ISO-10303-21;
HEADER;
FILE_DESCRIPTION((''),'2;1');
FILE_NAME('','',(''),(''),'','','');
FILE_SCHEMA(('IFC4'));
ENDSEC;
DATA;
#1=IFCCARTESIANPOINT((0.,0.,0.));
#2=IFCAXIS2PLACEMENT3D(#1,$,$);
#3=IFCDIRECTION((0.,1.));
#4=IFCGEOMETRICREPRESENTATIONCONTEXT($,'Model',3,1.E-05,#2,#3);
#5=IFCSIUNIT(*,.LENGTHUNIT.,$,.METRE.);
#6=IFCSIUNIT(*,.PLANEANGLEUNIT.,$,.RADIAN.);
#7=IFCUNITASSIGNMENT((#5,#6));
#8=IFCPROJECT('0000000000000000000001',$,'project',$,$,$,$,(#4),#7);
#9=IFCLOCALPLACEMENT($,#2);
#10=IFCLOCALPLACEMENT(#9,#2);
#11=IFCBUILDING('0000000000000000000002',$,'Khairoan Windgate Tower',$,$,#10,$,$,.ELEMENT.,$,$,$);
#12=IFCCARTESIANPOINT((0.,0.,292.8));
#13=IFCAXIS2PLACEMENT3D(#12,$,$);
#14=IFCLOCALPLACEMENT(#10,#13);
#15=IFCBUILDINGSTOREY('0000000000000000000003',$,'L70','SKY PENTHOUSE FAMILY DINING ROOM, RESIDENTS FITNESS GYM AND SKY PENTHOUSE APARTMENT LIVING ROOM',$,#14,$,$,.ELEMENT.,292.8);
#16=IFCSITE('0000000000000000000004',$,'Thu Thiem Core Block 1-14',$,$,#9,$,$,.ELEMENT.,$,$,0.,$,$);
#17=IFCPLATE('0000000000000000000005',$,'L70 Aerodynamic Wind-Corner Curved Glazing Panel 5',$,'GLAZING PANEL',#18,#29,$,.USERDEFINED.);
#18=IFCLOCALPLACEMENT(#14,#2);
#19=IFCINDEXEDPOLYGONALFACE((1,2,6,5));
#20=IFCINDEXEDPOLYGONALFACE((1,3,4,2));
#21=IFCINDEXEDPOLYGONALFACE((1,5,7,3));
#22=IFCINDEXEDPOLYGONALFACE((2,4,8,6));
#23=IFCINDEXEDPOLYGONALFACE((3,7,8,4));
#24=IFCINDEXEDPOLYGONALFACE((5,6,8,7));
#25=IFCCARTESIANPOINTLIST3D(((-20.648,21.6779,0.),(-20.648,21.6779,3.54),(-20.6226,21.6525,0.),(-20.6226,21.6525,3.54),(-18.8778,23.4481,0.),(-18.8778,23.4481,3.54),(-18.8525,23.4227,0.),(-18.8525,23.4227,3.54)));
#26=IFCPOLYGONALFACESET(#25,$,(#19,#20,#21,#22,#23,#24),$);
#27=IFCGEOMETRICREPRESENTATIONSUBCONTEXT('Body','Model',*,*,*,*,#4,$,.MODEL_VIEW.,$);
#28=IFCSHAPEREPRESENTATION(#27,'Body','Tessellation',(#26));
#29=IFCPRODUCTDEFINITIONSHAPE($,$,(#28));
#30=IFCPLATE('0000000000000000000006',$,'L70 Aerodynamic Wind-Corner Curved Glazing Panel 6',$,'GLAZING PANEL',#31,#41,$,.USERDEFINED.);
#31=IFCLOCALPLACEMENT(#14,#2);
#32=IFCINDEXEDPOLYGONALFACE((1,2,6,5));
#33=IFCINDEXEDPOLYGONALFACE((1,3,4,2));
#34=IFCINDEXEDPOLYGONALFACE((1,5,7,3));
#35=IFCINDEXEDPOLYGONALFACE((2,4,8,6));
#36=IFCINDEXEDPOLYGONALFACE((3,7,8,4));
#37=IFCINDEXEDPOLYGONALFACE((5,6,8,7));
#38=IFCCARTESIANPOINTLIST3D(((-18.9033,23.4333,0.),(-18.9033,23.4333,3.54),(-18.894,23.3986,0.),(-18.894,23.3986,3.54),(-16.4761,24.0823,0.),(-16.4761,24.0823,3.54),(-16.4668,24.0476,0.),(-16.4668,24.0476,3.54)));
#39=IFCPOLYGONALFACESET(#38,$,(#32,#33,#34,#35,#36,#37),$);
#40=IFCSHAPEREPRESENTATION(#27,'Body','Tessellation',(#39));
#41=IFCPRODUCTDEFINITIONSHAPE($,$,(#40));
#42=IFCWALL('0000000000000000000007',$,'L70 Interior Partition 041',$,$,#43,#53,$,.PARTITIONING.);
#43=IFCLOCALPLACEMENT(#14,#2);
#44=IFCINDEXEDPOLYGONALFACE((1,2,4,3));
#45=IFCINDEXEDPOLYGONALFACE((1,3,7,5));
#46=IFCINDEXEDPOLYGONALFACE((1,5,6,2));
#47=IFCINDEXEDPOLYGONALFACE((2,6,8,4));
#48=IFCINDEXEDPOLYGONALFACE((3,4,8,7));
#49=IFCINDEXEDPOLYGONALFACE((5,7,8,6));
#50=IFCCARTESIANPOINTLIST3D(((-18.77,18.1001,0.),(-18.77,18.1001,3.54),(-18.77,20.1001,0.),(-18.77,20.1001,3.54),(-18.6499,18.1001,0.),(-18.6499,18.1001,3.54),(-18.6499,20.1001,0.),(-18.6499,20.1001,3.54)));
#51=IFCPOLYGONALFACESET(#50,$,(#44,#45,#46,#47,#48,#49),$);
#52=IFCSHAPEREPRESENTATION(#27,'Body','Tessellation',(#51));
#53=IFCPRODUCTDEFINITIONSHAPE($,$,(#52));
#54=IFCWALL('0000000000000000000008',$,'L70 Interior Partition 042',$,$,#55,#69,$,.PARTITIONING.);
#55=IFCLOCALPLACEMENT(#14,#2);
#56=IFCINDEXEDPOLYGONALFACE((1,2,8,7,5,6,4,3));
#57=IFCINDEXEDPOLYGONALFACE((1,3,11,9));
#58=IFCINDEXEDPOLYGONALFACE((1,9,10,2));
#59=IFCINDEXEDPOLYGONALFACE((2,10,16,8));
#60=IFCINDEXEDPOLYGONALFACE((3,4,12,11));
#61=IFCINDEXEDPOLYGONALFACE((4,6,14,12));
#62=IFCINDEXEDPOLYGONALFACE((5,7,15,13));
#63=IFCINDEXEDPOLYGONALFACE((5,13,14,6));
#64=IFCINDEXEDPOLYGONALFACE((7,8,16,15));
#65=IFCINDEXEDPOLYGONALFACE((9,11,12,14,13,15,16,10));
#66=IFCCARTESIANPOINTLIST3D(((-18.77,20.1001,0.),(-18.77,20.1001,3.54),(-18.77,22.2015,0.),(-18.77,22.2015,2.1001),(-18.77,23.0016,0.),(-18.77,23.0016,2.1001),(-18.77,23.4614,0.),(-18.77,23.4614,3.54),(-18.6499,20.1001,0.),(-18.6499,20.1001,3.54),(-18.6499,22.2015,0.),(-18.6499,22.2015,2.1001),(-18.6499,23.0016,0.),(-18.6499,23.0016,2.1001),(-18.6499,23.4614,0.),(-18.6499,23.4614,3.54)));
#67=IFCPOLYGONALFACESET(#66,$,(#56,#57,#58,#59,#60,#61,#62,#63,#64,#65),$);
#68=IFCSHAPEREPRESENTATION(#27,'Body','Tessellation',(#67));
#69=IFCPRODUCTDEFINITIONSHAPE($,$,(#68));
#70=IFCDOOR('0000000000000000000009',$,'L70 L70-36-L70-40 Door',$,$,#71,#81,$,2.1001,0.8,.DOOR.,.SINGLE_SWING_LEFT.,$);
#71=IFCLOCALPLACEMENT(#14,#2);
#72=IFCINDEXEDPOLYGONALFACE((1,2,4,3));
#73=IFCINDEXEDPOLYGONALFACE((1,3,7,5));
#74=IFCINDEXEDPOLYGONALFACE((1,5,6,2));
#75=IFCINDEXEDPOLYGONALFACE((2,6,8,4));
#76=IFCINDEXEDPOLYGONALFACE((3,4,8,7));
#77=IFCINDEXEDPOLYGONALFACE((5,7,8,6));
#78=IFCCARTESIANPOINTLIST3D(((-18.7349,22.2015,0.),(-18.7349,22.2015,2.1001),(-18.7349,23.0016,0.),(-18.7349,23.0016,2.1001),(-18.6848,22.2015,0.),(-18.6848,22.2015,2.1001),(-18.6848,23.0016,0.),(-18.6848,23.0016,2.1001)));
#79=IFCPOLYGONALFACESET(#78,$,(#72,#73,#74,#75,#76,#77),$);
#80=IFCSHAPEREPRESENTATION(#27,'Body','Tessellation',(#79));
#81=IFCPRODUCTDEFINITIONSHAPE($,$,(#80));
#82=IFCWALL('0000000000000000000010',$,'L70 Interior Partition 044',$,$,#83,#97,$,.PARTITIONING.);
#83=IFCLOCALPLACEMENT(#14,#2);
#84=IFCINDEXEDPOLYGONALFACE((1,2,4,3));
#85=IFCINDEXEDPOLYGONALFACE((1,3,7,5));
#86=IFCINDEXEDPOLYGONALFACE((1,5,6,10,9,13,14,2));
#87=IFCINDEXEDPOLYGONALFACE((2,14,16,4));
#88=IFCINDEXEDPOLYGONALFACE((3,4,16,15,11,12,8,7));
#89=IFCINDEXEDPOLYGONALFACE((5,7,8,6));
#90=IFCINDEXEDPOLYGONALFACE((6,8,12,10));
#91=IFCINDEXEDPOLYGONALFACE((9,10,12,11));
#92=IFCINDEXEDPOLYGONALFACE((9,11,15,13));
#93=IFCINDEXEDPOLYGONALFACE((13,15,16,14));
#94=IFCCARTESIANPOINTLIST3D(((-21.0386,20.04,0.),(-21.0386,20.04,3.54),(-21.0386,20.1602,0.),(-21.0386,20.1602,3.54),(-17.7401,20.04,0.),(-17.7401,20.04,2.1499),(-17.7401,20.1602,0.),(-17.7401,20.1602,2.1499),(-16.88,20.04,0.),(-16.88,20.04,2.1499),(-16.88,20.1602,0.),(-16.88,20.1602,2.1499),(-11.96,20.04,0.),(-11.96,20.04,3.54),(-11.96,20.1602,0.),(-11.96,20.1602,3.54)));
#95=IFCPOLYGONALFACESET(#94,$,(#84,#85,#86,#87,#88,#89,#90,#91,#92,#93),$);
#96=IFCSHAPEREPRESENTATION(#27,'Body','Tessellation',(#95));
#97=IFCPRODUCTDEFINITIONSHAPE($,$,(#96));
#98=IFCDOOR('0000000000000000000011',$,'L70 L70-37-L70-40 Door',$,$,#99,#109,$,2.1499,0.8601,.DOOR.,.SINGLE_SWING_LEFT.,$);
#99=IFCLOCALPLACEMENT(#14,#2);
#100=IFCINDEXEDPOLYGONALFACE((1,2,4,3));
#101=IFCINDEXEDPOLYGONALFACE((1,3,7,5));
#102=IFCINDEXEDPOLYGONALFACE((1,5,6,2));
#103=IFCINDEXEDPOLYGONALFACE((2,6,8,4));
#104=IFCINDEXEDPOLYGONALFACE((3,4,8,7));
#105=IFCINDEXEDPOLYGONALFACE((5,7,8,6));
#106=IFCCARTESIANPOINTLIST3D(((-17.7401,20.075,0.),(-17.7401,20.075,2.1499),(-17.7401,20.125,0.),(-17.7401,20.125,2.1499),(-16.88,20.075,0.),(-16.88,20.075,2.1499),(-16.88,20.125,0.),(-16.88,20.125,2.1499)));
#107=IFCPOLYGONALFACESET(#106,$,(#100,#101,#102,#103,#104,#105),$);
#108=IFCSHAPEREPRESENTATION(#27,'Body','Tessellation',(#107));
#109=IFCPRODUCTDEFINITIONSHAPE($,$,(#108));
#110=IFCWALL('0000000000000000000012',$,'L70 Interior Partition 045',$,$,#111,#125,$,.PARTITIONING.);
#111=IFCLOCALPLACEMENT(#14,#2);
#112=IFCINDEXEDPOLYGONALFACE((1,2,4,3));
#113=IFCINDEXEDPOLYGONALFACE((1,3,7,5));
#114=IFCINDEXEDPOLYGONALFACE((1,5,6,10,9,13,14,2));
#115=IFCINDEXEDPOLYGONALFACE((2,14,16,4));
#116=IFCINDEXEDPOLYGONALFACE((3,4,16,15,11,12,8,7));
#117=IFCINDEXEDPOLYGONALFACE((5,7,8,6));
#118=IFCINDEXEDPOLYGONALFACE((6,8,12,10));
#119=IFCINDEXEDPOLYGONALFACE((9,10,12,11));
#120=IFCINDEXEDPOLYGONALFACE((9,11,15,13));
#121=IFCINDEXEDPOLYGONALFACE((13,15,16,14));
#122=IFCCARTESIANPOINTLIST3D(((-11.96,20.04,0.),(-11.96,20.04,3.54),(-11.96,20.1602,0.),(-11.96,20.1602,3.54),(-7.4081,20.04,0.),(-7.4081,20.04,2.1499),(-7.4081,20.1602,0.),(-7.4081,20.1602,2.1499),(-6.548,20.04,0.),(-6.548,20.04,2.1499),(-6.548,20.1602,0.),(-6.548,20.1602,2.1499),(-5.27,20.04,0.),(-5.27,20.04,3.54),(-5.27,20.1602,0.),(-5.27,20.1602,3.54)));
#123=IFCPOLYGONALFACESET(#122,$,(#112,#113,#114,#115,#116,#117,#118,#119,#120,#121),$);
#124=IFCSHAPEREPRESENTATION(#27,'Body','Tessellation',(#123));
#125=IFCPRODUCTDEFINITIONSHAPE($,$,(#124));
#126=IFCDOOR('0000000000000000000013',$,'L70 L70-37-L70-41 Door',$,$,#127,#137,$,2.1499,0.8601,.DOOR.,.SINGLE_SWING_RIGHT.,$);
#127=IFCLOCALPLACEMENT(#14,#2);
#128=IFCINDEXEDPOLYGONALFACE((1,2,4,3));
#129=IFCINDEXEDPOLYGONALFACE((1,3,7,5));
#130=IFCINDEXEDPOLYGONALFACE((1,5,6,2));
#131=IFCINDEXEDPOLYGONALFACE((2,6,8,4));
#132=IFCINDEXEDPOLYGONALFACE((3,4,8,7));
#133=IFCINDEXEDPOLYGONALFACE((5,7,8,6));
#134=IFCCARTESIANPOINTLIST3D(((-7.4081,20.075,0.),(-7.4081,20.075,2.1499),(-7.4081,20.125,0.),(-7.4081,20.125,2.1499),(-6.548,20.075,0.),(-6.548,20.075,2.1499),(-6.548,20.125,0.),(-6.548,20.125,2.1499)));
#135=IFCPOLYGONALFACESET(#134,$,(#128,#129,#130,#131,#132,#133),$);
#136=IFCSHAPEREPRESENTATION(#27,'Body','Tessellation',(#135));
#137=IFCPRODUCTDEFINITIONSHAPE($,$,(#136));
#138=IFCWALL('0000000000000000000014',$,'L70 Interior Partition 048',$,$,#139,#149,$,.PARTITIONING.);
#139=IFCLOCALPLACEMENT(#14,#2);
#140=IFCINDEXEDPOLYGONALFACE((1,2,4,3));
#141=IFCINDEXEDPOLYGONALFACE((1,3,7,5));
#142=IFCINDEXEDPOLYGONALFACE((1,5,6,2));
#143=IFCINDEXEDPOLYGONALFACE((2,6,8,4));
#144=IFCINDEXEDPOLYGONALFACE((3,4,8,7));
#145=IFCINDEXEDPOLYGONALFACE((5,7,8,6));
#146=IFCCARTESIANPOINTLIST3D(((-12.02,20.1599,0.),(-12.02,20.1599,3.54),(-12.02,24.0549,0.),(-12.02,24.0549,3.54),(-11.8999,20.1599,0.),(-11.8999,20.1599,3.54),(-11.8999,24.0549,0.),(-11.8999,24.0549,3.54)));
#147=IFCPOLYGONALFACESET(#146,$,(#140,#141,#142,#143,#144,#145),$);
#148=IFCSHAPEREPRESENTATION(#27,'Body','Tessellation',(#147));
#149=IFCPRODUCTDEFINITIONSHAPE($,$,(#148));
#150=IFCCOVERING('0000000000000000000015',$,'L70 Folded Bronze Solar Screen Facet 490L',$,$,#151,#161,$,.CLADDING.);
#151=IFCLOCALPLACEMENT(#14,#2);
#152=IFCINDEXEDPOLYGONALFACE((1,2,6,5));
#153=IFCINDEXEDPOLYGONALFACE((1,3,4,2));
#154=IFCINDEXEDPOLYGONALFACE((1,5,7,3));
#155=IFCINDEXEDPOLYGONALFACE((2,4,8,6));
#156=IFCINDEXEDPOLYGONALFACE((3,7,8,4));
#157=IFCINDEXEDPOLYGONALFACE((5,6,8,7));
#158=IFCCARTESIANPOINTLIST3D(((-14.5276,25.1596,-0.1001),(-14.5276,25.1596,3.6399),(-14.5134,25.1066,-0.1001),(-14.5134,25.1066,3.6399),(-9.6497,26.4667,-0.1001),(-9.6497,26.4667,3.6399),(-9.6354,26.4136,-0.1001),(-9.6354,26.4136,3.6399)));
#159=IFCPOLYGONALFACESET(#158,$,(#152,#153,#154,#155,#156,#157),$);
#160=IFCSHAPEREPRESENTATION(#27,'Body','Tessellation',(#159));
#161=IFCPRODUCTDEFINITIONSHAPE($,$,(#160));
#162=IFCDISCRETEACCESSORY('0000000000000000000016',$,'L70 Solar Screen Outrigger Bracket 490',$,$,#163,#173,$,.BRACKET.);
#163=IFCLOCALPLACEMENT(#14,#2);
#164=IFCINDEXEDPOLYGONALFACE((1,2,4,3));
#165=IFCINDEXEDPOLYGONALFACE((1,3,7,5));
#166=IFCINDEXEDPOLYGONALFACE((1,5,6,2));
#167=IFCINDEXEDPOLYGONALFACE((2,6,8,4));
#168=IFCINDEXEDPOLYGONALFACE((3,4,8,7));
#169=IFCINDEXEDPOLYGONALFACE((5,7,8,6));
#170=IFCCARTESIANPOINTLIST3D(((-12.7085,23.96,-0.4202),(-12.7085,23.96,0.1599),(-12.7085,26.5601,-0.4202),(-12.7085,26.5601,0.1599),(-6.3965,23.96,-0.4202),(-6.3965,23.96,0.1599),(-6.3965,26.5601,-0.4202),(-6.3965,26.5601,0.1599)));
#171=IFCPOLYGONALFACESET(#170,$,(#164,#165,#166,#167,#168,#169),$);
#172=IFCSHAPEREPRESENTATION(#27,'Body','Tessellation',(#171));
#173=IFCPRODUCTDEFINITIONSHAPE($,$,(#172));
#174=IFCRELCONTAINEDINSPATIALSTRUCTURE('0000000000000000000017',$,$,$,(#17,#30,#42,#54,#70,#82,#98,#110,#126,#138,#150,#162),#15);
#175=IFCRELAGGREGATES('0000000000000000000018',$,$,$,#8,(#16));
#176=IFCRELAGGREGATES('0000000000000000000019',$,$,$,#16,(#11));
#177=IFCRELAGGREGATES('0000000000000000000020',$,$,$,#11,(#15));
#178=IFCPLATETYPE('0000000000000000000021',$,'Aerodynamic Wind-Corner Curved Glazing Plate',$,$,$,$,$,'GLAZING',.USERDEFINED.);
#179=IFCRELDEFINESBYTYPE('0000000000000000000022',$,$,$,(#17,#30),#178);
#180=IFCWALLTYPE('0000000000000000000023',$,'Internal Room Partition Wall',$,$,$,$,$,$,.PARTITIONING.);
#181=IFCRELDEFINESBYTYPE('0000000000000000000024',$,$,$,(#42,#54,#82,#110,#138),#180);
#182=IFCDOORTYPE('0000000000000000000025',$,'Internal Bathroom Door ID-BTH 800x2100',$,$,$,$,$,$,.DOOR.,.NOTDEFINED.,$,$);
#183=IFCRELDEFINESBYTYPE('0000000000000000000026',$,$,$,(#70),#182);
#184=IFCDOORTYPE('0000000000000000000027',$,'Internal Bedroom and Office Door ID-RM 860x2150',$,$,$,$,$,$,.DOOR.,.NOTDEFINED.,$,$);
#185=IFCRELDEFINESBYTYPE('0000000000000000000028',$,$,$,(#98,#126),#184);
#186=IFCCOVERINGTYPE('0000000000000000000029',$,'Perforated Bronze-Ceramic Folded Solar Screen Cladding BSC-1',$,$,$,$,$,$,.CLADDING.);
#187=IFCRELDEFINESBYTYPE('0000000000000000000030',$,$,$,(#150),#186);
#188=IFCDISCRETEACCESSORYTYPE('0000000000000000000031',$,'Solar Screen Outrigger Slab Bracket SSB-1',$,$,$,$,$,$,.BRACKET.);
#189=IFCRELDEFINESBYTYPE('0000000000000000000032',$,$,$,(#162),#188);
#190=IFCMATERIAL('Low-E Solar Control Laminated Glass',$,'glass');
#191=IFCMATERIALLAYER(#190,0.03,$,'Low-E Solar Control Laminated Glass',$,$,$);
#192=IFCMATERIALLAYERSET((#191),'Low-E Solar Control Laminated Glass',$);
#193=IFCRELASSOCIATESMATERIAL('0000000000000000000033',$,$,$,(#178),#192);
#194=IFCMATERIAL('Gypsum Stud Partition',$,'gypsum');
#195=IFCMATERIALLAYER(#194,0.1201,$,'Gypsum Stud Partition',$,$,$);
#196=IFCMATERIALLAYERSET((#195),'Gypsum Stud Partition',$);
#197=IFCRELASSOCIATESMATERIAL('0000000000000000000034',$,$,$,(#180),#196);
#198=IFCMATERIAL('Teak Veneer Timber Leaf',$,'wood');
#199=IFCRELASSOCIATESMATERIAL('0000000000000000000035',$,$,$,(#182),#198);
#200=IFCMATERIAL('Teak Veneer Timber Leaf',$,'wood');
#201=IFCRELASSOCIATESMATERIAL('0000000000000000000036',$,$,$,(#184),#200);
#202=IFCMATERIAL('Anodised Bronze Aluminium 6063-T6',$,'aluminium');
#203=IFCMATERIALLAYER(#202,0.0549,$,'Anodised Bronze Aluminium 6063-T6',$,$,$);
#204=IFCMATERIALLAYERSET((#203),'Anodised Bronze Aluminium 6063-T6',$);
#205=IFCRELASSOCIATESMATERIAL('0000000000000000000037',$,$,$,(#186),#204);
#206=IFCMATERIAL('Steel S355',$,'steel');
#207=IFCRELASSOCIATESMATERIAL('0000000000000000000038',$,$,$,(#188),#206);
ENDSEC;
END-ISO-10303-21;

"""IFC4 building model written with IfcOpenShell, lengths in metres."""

from ifc_helpers import new_model, si_unit, direction, frame, frame_2d, origin, origin_2d, place, context, subcontext, project, spatial, rectangle, extrude, material, layer, layer_set, type_object, element, fill, save


model = new_model("IFC4")

# Units and contexts
model_context = context("Model", 3, precision=1e-05, world=origin(), true_north=direction((0.0, 1.0)))
body_context = subcontext(model_context, "Body", "Model", "MODEL_VIEW")
ifc_project = project(units=[si_unit("LENGTHUNIT", "METRE"), si_unit("PLANEANGLEUNIT", "RADIAN")], contexts=[model_context])

# Site, building, storey
site_placement = place(None, origin())
site = spatial("IfcSite", under=ifc_project, at=site_placement, Name="Thu Thiem Core Block 1-14", CompositionType="ELEMENT", RefElevation=0.0)
building_placement = place(site_placement, origin())
building = spatial("IfcBuilding", under=site, at=building_placement, Name="Khairoan Windgate Tower", CompositionType="ELEMENT")
storey_placement = place(building_placement, frame((0.0, 0.0, 292.8)))
storey = spatial("IfcBuildingStorey", under=building, at=storey_placement, Name="L70", Description="SKY PENTHOUSE FAMILY DINING ROOM, RESIDENTS FITNESS GYM AND SKY PENTHOUSE APARTMENT LIVING ROOM", CompositionType="ELEMENT", Elevation=292.8)

# Plates
ifc_material_1 = material(Name="Low-E Solar Control Laminated Glass", Category="glass")
ifc_layer_1 = layer(ifc_material_1, 0.03, Name="Low-E Solar Control Laminated Glass")
ifc_layer_set_1 = layer_set([ifc_layer_1], Name="Low-E Solar Control Laminated Glass")
plate_type_1 = type_object("IfcPlateType", Name="Aerodynamic Wind-Corner Curved Glazing Plate", ElementType="GLAZING", PredefinedType="USERDEFINED", material=ifc_layer_set_1)
plate_1_placement = place(storey_placement, frame((-19.7502, 22.5503, 0.0), z_axis=(0.0, 0.0, 1.0), x_axis=(0.707107, 0.707107, 0.0)))
element("IfcPlate", 1, at=plate_1_placement, inside=storey, type_object=plate_type_1, Name="L70 Aerodynamic Wind-Corner Curved Glazing Panel 5", ObjectType="GLAZING PANEL", PredefinedType="USERDEFINED", context=body_context, shape_type="SweptSolid", body=[
    extrude(rectangle(XDim=2.5034, YDim=0.0359, at=origin_2d()), origin(), (0.0, 0.0, 1.0), 3.54),
])
plate_2_placement = place(storey_placement, frame((-17.6851, 23.7405, 0.0), z_axis=(0.0, 0.0, 1.0), x_axis=(0.966061, 0.258313, 0.0)))
element("IfcPlate", 2, at=plate_2_placement, inside=storey, type_object=plate_type_1, Name="L70 Aerodynamic Wind-Corner Curved Glazing Panel 6", ObjectType="GLAZING PANEL", PredefinedType="USERDEFINED", context=body_context, shape_type="SweptSolid", body=[
    extrude(rectangle(XDim=2.5125, YDim=0.0359, at=origin_2d()), origin(), (0.0, 0.0, 1.0), 3.54),
])

# Wall
ifc_material_2 = material(Name="Gypsum Stud Partition", Category="gypsum")
ifc_layer_2 = layer(ifc_material_2, 0.1201, Name="Gypsum Stud Partition")
ifc_layer_set_2 = layer_set([ifc_layer_2], Name="Gypsum Stud Partition")
wall_type = type_object("IfcWallType", Name="Internal Room Partition Wall", PredefinedType="PARTITIONING", material=ifc_layer_set_2)
wall_1_placement = place(storey_placement, frame((-18.71, 18.1001, 0.0), z_axis=(0.0, 0.0, 1.0), x_axis=(0.0, 1.0, 0.0)))
element("IfcWall", 3, at=wall_1_placement, inside=storey, type_object=wall_type, Name="L70 Interior Partition 041", PredefinedType="PARTITIONING", context=body_context, shape_type="SweptSolid", body=[
    extrude(rectangle(XDim=2.0, YDim=0.1201, at=frame_2d((1.0, 0.0))), origin(), (0.0, 0.0, 1.0), 3.54),
])

# Walls, openings, doors
wall_2_placement = place(storey_placement, frame((-18.71, 20.1001, 0.0), z_axis=(0.0, 0.0, 1.0), x_axis=(0.0, 1.0, 0.0)))
wall_2 = element("IfcWall", 4, at=wall_2_placement, inside=storey, type_object=wall_type, Name="L70 Interior Partition 042", PredefinedType="PARTITIONING", context=body_context, shape_type="SweptSolid", body=[
    extrude(rectangle(XDim=3.3613, YDim=0.1201, at=frame_2d((1.6807, 0.0))), origin(), (0.0, 0.0, 1.0), 3.54),
])
opening_1_placement = place(wall_2_placement, frame((2.1016, 0.0, 0.0)))
opening_1 = element("IfcOpeningElement", 5, at=opening_1_placement, cuts=wall_2, PredefinedType="OPENING", context=body_context, shape_type="SweptSolid", body=[
    extrude(rectangle(XDim=0.8, YDim=2.1001, at=frame_2d((0.3999, 1.05))), frame((0.0, 0.0701, 0.0), z_axis=(0.0, -1.0, 0.0), x_axis=(1.0, 0.0, 0.0)), (0.0, 0.0, 1.0), 0.1401),
])
ifc_material_3 = material(Name="Teak Veneer Timber Leaf", Category="wood")
door_type_1 = type_object("IfcDoorType", Name="Internal Bathroom Door ID-BTH 800x2100", OperationType="NOTDEFINED", PredefinedType="DOOR", material=ifc_material_3)
door_1_placement = place(opening_1_placement, origin())
door_1 = element("IfcDoor", 6, at=door_1_placement, inside=storey, type_object=door_type_1, Name="L70 L70-36-L70-40 Door", OperationType="SINGLE_SWING_LEFT", OverallHeight=2.1001, OverallWidth=0.8, PredefinedType="DOOR", context=body_context, shape_type="SweptSolid", body=[
    extrude(rectangle(XDim=0.8, YDim=2.1001, at=frame_2d((0.3999, 1.05))), frame((0.0, 0.0249, 0.0), z_axis=(0.0, -1.0, 0.0), x_axis=(1.0, 0.0, 0.0)), (0.0, 0.0, 1.0), 0.05),
])
fill(opening_1, door_1)
wall_3_placement = place(storey_placement, frame((-21.0386, 20.1001, 0.0), z_axis=(0.0, 0.0, 1.0), x_axis=(1.0, 0.0, 0.0)))
wall_3 = element("IfcWall", 7, at=wall_3_placement, inside=storey, type_object=wall_type, Name="L70 Interior Partition 044", PredefinedType="PARTITIONING", context=body_context, shape_type="SweptSolid", body=[
    extrude(rectangle(XDim=9.0786, YDim=0.1201, at=frame_2d((4.5393, 0.0))), origin(), (0.0, 0.0, 1.0), 3.54),
])
opening_2_placement = place(wall_3_placement, frame((3.2983, 0.0, 0.0)))
opening_2 = element("IfcOpeningElement", 8, at=opening_2_placement, cuts=wall_3, PredefinedType="OPENING", context=body_context, shape_type="SweptSolid", body=[
    extrude(rectangle(XDim=0.8601, YDim=2.1499, at=frame_2d((0.4302, 1.075))), frame((0.0, 0.0701, 0.0), z_axis=(0.0, -1.0, 0.0), x_axis=(1.0, 0.0, 0.0)), (0.0, 0.0, 1.0), 0.1401),
])
ifc_material_4 = material(Name="Teak Veneer Timber Leaf", Category="wood")
door_type_2 = type_object("IfcDoorType", Name="Internal Bedroom and Office Door ID-RM 860x2150", OperationType="NOTDEFINED", PredefinedType="DOOR", material=ifc_material_4)
door_2_placement = place(opening_2_placement, origin())
door_2 = element("IfcDoor", 9, at=door_2_placement, inside=storey, type_object=door_type_2, Name="L70 L70-37-L70-40 Door", OperationType="SINGLE_SWING_LEFT", OverallHeight=2.1499, OverallWidth=0.8601, PredefinedType="DOOR", context=body_context, shape_type="SweptSolid", body=[
    extrude(rectangle(XDim=0.8601, YDim=2.1499, at=frame_2d((0.4302, 1.075))), frame((0.0, 0.0249, 0.0), z_axis=(0.0, -1.0, 0.0), x_axis=(1.0, 0.0, 0.0)), (0.0, 0.0, 1.0), 0.05),
])
fill(opening_2, door_2)
wall_4_placement = place(storey_placement, frame((-11.96, 20.1001, 0.0), z_axis=(0.0, 0.0, 1.0), x_axis=(1.0, 0.0, 0.0)))
wall_4 = element("IfcWall", 10, at=wall_4_placement, inside=storey, type_object=wall_type, Name="L70 Interior Partition 045", PredefinedType="PARTITIONING", context=body_context, shape_type="SweptSolid", body=[
    extrude(rectangle(XDim=6.6899, YDim=0.1201, at=frame_2d((3.345, 0.0))), origin(), (0.0, 0.0, 1.0), 3.54),
])
opening_3_placement = place(wall_4_placement, frame((4.5518, 0.0, 0.0)))
opening_3 = element("IfcOpeningElement", 11, at=opening_3_placement, cuts=wall_4, PredefinedType="OPENING", context=body_context, shape_type="SweptSolid", body=[
    extrude(rectangle(XDim=0.8601, YDim=2.1499, at=frame_2d((0.4302, 1.075))), frame((0.0, 0.0701, 0.0), z_axis=(0.0, -1.0, 0.0), x_axis=(1.0, 0.0, 0.0)), (0.0, 0.0, 1.0), 0.1401),
])
door_3_placement = place(opening_3_placement, origin())
door_3 = element("IfcDoor", 12, at=door_3_placement, inside=storey, type_object=door_type_2, Name="L70 L70-37-L70-41 Door", OperationType="SINGLE_SWING_RIGHT", OverallHeight=2.1499, OverallWidth=0.8601, PredefinedType="DOOR", context=body_context, shape_type="SweptSolid", body=[
    extrude(rectangle(XDim=0.8601, YDim=2.1499, at=frame_2d((0.4302, 1.075))), frame((0.0, 0.0249, 0.0), z_axis=(0.0, -1.0, 0.0), x_axis=(1.0, 0.0, 0.0)), (0.0, 0.0, 1.0), 0.05),
])
fill(opening_3, door_3)

# Wall
wall_5_placement = place(storey_placement, frame((-11.96, 20.1599, 0.0), z_axis=(0.0, 0.0, 1.0), x_axis=(0.0, 1.0, 0.0)))
element("IfcWall", 13, at=wall_5_placement, inside=storey, type_object=wall_type, Name="L70 Interior Partition 048", PredefinedType="PARTITIONING", context=body_context, shape_type="SweptSolid", body=[
    extrude(rectangle(XDim=3.895, YDim=0.1201, at=frame_2d((1.9475, 0.0))), origin(), (0.0, 0.0, 1.0), 3.54),
])

# Covering
ifc_material_5 = material(Name="Anodised Bronze Aluminium 6063-T6", Category="aluminium")
ifc_layer_3 = layer(ifc_material_5, 0.0549, Name="Anodised Bronze Aluminium 6063-T6")
ifc_layer_set_3 = layer_set([ifc_layer_3], Name="Anodised Bronze Aluminium 6063-T6")
covering_type = type_object("IfcCoveringType", Name="Perforated Bronze-Ceramic Folded Solar Screen Cladding BSC-1", PredefinedType="CLADDING", material=ifc_layer_set_3)
covering_placement = place(storey_placement, frame((-12.0815, 25.7866, -0.1001), z_axis=(0.0, 0.0, 1.0), x_axis=(0.965926, 0.258819, 0.0)))
element("IfcCovering", 14, at=covering_placement, inside=storey, type_object=covering_type, Name="L70 Folded Bronze Solar Screen Facet 490L", PredefinedType="CLADDING", context=body_context, shape_type="SweptSolid", body=[
    extrude(rectangle(XDim=5.05, YDim=0.0549, at=origin_2d()), origin(), (0.0, 0.0, 1.0), 3.74),
])

# Discrete accessory
ifc_material_6 = material(Name="Steel S355", Category="steel")
discrete_accessory_type = type_object("IfcDiscreteAccessoryType", Name="Solar Screen Outrigger Slab Bracket SSB-1", PredefinedType="BRACKET", material=ifc_material_6)
discrete_accessory_placement = place(storey_placement, frame((-9.5525, 25.26, -0.4202), z_axis=(0.0, 0.0, 1.0), x_axis=(1.0, 0.0, 0.0)))
element("IfcDiscreteAccessory", 15, at=discrete_accessory_placement, inside=storey, type_object=discrete_accessory_type, Name="L70 Solar Screen Outrigger Bracket 490", PredefinedType="BRACKET", context=body_context, shape_type="SweptSolid", body=[
    extrude(rectangle(XDim=6.312, YDim=2.6001, at=origin_2d()), origin(), (0.0, 0.0, 1.0), 0.5801),
])

save(model, "model.ifc")
